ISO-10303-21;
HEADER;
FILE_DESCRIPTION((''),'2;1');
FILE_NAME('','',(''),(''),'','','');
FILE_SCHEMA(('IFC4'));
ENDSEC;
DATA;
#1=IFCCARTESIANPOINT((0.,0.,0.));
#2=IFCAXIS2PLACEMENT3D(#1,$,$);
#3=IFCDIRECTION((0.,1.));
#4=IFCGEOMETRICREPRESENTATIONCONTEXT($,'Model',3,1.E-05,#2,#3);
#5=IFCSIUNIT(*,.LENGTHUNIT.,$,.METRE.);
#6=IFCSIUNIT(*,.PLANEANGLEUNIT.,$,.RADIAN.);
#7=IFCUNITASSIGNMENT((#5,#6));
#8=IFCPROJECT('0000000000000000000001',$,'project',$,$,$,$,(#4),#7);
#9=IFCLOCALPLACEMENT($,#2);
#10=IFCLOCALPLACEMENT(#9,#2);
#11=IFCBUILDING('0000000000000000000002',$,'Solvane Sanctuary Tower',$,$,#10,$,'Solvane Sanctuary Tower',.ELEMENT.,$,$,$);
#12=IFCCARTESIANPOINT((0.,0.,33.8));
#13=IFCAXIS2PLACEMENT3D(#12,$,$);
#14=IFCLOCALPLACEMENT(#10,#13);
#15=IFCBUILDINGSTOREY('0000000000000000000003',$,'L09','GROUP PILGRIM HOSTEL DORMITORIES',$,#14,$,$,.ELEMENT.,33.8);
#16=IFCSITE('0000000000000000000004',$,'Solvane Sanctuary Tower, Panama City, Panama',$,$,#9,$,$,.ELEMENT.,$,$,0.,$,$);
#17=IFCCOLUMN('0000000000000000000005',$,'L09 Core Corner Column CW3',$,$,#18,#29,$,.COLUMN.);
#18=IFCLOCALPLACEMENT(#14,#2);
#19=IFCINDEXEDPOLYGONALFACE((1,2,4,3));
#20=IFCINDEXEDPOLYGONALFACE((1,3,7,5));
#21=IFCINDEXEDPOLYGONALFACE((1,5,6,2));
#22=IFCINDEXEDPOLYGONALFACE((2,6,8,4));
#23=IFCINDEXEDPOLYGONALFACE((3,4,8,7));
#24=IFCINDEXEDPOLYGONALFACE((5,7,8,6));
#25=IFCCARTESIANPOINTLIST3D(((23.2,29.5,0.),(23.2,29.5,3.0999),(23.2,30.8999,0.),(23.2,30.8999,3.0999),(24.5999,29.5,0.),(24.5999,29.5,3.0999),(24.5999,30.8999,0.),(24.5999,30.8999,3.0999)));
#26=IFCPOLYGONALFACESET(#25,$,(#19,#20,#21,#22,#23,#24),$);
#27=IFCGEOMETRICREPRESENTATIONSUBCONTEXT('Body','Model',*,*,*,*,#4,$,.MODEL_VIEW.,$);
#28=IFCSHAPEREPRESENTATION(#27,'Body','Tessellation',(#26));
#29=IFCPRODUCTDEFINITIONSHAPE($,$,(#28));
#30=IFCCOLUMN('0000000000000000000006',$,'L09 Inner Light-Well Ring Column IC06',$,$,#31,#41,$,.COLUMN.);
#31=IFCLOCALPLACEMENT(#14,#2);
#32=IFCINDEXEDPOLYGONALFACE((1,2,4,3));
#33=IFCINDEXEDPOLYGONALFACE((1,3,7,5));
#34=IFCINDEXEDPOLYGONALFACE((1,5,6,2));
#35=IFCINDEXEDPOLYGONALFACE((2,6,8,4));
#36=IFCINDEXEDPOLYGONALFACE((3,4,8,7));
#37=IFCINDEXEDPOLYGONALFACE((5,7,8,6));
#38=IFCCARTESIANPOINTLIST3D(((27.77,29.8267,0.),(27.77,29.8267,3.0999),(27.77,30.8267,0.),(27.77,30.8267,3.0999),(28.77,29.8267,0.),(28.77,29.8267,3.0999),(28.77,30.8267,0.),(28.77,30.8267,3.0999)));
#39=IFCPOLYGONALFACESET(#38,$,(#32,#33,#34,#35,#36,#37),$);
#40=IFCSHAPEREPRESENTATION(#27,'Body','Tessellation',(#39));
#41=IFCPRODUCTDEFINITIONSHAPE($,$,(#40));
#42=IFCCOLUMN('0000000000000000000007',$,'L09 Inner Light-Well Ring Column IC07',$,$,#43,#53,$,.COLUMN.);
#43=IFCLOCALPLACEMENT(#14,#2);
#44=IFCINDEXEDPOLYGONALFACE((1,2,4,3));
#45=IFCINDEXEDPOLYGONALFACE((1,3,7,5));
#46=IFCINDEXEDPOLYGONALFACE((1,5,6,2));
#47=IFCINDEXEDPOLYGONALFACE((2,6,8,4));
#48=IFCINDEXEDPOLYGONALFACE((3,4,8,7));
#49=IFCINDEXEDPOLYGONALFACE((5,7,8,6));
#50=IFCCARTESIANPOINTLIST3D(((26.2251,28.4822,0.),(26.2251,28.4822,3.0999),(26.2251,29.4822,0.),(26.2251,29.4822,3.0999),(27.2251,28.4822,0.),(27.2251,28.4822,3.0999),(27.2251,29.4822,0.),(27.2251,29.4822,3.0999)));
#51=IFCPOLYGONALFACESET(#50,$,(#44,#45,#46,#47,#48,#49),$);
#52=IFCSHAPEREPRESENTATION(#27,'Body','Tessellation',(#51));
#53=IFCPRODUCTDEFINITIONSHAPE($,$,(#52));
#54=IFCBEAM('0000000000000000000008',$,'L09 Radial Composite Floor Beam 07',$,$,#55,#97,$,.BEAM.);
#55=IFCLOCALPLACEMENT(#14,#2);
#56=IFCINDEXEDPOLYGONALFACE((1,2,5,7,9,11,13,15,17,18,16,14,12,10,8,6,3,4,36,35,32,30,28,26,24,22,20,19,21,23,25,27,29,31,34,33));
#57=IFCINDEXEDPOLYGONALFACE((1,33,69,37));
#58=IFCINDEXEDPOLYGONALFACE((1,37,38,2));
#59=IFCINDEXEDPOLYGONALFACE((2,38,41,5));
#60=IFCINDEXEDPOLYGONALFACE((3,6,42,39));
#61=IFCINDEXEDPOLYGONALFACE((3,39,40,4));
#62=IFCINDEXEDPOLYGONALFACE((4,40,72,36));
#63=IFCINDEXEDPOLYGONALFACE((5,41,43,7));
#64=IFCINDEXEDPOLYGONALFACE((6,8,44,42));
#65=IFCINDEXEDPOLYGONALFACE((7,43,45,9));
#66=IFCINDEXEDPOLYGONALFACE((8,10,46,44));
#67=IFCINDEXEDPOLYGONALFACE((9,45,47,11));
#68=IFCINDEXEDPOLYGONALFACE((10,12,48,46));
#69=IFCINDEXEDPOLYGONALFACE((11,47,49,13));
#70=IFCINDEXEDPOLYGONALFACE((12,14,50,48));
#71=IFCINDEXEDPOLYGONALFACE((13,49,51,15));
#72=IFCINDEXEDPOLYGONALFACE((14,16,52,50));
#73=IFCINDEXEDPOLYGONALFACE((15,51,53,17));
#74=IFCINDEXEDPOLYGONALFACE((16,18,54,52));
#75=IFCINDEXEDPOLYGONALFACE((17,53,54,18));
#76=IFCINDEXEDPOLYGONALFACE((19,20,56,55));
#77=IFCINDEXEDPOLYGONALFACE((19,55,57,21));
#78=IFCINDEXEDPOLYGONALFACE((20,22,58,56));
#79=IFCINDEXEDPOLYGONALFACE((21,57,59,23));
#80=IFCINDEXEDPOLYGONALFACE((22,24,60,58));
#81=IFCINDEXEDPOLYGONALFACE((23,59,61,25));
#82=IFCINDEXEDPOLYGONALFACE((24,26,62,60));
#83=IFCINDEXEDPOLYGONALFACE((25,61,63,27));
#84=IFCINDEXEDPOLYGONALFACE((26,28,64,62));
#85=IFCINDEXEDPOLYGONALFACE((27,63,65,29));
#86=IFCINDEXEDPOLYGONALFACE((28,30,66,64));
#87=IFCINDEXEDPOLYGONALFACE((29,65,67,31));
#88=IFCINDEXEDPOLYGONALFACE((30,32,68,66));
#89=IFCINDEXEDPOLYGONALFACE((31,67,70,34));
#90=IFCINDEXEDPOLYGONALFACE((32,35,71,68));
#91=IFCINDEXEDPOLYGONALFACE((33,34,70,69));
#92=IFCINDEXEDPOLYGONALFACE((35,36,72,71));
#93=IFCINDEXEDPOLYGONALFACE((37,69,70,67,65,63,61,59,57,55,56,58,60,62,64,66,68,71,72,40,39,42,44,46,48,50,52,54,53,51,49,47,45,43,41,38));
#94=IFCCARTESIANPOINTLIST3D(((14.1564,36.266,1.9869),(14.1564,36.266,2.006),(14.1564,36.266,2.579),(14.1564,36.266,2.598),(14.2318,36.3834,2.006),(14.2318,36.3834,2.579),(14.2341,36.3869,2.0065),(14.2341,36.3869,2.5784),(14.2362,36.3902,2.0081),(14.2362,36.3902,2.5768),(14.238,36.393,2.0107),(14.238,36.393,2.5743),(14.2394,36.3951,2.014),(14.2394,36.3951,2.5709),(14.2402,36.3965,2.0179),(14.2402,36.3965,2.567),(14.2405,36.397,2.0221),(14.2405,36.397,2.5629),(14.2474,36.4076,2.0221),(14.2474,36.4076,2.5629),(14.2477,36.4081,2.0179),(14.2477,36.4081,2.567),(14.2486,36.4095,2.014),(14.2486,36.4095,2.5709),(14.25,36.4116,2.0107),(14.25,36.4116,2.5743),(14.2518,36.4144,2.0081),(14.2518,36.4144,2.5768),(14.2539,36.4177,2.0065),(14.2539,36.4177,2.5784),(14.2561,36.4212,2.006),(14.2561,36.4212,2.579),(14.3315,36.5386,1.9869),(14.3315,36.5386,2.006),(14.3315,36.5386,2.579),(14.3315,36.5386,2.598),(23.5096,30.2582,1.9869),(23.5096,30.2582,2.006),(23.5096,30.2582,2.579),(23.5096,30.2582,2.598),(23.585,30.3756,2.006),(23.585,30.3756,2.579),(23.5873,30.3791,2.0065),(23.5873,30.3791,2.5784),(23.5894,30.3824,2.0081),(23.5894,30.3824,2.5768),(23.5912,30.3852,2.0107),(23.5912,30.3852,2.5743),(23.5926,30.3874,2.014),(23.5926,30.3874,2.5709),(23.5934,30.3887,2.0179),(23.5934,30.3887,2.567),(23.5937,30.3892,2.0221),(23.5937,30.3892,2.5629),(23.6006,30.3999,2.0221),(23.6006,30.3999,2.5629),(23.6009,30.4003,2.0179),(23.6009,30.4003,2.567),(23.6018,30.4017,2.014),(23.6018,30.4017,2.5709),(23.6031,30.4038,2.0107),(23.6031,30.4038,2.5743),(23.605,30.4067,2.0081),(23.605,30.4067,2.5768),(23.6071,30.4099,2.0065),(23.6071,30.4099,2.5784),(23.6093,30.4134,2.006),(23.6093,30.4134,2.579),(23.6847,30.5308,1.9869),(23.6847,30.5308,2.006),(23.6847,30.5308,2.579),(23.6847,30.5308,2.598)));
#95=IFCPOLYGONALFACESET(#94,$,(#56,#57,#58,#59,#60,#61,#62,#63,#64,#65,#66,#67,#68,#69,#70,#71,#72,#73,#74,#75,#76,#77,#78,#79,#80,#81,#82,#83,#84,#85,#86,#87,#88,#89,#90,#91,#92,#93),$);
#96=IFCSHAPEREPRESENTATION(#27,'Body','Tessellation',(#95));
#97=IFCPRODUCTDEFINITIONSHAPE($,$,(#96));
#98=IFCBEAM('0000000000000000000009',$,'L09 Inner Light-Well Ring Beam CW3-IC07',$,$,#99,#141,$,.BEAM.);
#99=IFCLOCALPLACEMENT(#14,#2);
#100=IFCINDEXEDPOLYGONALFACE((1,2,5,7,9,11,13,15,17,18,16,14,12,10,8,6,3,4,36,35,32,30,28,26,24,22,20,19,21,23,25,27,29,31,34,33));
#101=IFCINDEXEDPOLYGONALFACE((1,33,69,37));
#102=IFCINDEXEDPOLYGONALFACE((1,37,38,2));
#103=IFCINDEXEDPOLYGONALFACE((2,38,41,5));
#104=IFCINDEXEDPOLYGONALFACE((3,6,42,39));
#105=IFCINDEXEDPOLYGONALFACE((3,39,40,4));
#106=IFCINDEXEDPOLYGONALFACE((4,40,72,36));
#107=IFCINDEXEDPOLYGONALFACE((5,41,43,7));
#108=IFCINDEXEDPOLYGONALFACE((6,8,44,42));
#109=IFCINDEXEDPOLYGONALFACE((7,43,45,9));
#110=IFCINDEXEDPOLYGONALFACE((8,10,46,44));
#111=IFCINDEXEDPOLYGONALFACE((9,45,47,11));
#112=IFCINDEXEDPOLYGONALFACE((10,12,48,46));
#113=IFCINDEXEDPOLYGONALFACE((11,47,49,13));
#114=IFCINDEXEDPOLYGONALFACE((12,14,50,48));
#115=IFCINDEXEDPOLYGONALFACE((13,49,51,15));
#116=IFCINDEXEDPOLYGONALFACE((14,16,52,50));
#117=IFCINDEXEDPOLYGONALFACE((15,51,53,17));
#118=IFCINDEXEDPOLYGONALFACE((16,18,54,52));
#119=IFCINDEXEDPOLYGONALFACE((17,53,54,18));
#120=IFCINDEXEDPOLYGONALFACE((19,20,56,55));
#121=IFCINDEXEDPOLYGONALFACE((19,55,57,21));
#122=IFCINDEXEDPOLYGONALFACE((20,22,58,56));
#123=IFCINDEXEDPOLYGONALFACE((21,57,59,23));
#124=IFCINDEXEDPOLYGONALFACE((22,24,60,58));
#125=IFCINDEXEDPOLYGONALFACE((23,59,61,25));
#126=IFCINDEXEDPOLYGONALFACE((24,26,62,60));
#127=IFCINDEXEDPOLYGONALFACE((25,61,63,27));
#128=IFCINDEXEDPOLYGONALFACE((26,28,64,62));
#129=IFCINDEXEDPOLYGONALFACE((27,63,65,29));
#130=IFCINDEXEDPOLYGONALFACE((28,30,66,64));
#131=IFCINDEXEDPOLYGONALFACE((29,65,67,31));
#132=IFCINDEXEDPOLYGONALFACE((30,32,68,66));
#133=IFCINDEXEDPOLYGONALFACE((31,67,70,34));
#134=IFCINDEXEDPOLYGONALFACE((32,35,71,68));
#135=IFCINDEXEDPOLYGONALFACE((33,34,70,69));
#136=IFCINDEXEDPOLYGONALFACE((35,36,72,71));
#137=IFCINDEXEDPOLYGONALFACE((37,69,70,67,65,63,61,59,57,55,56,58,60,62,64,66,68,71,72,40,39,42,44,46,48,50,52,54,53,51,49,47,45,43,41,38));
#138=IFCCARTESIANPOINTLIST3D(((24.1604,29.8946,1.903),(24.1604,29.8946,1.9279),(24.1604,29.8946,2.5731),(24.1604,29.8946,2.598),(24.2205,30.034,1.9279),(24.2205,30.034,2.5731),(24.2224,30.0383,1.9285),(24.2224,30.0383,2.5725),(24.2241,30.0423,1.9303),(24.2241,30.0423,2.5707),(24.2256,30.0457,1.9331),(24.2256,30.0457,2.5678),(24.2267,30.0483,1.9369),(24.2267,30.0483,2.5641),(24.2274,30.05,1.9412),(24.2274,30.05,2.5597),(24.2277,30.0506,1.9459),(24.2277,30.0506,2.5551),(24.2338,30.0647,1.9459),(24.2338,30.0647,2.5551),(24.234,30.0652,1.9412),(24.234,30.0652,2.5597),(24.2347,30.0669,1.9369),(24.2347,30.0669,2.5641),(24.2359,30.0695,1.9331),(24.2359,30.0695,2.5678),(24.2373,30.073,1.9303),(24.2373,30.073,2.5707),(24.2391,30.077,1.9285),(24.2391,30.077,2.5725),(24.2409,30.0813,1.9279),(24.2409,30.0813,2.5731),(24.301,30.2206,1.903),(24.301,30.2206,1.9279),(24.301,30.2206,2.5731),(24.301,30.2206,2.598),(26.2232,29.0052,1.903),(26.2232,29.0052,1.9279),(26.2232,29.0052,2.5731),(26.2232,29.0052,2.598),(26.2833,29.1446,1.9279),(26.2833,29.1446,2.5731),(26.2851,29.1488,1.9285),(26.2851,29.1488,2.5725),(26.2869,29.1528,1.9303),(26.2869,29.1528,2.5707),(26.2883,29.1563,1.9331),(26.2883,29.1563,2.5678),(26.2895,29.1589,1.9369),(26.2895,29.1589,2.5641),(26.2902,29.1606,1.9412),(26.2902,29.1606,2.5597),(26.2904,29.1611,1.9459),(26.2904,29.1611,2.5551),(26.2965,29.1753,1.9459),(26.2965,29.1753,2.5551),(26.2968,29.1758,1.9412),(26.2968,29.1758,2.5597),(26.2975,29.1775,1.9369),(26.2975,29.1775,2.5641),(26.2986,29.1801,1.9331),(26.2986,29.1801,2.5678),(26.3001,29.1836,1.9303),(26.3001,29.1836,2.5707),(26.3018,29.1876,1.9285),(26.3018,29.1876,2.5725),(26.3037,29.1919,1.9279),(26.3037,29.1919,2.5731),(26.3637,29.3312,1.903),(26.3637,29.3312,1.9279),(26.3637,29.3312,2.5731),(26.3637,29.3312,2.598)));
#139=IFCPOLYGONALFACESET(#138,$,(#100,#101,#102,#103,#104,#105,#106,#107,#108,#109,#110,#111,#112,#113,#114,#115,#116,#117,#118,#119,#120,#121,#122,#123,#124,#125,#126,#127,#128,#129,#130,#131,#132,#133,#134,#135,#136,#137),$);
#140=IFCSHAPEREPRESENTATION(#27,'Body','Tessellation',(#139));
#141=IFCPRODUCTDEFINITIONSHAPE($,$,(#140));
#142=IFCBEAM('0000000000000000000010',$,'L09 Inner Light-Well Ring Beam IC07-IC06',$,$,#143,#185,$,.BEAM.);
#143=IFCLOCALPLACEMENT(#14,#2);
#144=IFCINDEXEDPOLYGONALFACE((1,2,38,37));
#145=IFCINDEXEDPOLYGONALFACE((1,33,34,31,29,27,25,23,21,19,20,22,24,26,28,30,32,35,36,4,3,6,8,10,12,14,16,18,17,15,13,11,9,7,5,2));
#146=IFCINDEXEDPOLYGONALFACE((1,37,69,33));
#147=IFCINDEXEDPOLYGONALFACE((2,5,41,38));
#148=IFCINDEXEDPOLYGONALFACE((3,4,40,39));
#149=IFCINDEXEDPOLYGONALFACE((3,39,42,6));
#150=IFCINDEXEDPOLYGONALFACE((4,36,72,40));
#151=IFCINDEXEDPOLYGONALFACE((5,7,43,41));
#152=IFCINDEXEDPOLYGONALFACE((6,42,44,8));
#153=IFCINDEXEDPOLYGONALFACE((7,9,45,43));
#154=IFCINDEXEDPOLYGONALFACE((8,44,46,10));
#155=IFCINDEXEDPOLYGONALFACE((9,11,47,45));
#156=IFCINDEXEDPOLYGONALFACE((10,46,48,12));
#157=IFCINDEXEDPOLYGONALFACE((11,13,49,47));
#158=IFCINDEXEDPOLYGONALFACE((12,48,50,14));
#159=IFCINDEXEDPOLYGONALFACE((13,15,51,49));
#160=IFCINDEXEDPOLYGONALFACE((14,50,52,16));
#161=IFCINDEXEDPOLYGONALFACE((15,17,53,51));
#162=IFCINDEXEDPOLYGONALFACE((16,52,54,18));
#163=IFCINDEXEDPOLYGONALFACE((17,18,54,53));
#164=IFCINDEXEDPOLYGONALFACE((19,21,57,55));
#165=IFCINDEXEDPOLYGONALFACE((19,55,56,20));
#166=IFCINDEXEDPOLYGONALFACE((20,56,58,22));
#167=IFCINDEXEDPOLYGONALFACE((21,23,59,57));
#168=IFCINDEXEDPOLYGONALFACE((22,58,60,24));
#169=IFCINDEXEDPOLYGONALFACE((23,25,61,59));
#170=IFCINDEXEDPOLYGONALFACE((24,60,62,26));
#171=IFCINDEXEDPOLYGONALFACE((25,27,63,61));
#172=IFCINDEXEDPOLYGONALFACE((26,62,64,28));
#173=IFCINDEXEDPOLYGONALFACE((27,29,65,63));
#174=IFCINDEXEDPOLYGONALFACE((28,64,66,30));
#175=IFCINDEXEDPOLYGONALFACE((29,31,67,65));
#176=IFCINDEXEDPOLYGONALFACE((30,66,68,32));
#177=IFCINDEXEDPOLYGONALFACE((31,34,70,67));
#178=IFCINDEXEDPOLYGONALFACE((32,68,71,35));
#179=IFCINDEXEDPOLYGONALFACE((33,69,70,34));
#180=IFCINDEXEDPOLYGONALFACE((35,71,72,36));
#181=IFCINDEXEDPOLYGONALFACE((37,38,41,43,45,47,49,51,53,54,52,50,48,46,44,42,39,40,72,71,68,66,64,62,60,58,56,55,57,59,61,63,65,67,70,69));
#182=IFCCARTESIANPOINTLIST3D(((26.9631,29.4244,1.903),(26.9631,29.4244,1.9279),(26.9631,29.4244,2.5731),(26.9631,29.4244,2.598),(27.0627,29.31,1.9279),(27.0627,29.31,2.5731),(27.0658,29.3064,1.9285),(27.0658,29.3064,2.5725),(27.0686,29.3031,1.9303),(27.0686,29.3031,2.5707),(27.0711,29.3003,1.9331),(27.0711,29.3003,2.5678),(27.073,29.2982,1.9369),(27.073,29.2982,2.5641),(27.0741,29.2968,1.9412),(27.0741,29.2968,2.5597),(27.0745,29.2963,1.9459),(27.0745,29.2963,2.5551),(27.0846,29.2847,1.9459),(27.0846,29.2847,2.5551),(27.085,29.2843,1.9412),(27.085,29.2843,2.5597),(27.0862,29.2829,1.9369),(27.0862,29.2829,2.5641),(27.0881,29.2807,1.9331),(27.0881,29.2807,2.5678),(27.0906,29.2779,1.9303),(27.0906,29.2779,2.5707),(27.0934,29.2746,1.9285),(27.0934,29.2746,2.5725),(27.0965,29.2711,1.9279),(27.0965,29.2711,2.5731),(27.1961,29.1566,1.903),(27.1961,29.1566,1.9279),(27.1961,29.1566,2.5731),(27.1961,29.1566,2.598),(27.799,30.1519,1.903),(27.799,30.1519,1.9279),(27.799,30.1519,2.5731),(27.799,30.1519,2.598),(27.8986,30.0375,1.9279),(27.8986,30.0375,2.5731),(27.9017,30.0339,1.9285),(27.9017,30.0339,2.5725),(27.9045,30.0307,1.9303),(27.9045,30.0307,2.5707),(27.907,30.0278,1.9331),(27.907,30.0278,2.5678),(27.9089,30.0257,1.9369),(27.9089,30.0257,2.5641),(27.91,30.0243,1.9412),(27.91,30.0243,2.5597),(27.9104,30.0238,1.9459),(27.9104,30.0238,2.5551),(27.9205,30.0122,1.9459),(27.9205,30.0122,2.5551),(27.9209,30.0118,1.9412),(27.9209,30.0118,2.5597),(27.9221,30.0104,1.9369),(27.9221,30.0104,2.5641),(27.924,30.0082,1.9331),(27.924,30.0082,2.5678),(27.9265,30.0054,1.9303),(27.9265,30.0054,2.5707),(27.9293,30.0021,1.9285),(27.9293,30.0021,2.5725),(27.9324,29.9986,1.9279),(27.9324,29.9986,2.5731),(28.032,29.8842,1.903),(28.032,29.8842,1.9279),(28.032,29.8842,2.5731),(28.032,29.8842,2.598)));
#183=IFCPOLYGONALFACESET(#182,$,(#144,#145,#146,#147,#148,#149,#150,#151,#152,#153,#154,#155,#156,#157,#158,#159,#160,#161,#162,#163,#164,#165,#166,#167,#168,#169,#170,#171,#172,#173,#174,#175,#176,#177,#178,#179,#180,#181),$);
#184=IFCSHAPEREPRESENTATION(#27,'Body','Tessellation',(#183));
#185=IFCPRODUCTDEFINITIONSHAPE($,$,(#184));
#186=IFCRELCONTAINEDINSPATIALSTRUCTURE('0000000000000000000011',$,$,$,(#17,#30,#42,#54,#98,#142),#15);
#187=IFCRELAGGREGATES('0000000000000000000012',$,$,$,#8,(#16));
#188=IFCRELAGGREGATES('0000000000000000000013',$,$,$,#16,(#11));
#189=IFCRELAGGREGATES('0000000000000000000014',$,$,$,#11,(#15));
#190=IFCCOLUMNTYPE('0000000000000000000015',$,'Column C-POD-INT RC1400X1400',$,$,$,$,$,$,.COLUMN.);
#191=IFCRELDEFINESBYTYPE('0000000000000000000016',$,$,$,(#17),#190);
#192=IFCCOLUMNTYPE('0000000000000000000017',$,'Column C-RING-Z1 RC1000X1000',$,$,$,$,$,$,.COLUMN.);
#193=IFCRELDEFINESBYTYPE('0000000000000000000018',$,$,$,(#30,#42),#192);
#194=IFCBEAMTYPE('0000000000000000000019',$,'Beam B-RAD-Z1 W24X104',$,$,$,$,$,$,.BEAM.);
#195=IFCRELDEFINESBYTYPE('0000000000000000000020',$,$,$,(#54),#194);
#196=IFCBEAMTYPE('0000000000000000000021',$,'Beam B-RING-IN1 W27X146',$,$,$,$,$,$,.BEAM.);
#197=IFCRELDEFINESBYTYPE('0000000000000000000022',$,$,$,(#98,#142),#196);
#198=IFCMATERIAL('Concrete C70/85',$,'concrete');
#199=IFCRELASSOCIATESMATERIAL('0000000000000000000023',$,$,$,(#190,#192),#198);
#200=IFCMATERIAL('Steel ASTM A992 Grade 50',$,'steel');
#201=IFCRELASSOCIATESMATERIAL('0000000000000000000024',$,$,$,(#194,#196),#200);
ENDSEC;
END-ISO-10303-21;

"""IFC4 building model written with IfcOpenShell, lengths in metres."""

from ifc_helpers import new_model, si_unit, direction, frame, origin, origin_2d, place, context, subcontext, project, spatial, rectangle, i_section, extrude, material, material_profile, profile_set, type_object, element, save


model = new_model("IFC4")

# Units and contexts
model_context = context("Model", 3, precision=1e-05, world=origin(), true_north=direction((0.0, 1.0)))
body_context = subcontext(model_context, "Body", "Model", "MODEL_VIEW")
ifc_project = project(units=[si_unit("LENGTHUNIT", "METRE"), si_unit("PLANEANGLEUNIT", "RADIAN")], contexts=[model_context])

# Site, building, storey
site_placement = place(None, origin())
site = spatial("IfcSite", under=ifc_project, at=site_placement, Name="Solvane Sanctuary Tower, Panama City, Panama", CompositionType="ELEMENT", RefElevation=0.0)
building_placement = place(site_placement, origin())
building = spatial("IfcBuilding", under=site, at=building_placement, Name="Solvane Sanctuary Tower", LongName="Solvane Sanctuary Tower", CompositionType="ELEMENT")
storey_placement = place(building_placement, frame((0.0, 0.0, 33.8)))
storey = spatial("IfcBuildingStorey", under=building, at=storey_placement, Name="L09", Description="GROUP PILGRIM HOSTEL DORMITORIES", CompositionType="ELEMENT", Elevation=33.8)

# Columns
ifc_material_1 = material(Name="Concrete C70/85", Category="concrete")
ifc_material_profile_1 = material_profile(ifc_material_1, rectangle(XDim=1.3999, YDim=1.3999, at=origin_2d()), Name="RC1400X1400")
ifc_profile_set_1 = profile_set([ifc_material_profile_1], Name="Concrete C70/85")
column_type_1 = type_object("IfcColumnType", Name="Column C-POD-INT RC1400X1400", PredefinedType="COLUMN", material=ifc_profile_set_1)
column_placement = place(storey_placement, frame((23.8999, 30.2, 0.0), z_axis=(0.0, 0.0, 1.0), x_axis=(1.0, 0.0, 0.0)))
element("IfcColumn", 1, at=column_placement, inside=storey, type_object=column_type_1, Name="L09 Core Corner Column CW3", PredefinedType="COLUMN", context=body_context, shape_type="SweptSolid", body=[
    extrude(rectangle(XDim=1.3999, YDim=1.3999, at=origin_2d()), origin(), (0.0, 0.0, 1.0), 3.0999),
])
ifc_material_profile_2 = material_profile(ifc_material_1, rectangle(XDim=1.0, YDim=1.0, at=origin_2d()), Name="RC1000X1000")
ifc_profile_set_2 = profile_set([ifc_material_profile_2], Name="Concrete C70/85")
column_type_2 = type_object("IfcColumnType", Name="Column C-RING-Z1 RC1000X1000", PredefinedType="COLUMN", material=ifc_profile_set_2)
for number, where, z_axis, x_axis, name in (
    (2, (28.27, 30.3267, 0.0), (0.0, 0.0, 1.0), (1.0, 0.0, 0.0), "L09 Inner Light-Well Ring Column IC06"),
    (3, (26.7251, 28.9822, 0.0), (0.0, 0.0, 1.0), (1.0, 0.0, 0.0), "L09 Inner Light-Well Ring Column IC07"),
):
    element("IfcColumn", number, at=place(storey_placement, frame(where, z_axis=z_axis, x_axis=x_axis)), inside=storey, type_object=column_type_2, Name=name, PredefinedType="COLUMN", context=body_context, shape_type="SweptSolid", body=[
        extrude(rectangle(XDim=1.0, YDim=1.0, at=origin_2d()), origin(), (0.0, 0.0, 1.0), 3.0999),
    ])

# Beams
ifc_material_2 = material(Name="Steel ASTM A992 Grade 50", Category="steel")
ifc_material_profile_3 = material_profile(ifc_material_2, i_section(OverallWidth=0.324, OverallDepth=0.6111, WebThickness=0.0127, FlangeThickness=0.019, FilletRadius=0.0161, at=origin_2d()), Name="W24X104")
ifc_profile_set_3 = profile_set([ifc_material_profile_3], Name="Steel ASTM A992 Grade 50")
beam_type_1 = type_object("IfcBeamType", Name="Beam B-RAD-Z1 W24X104", PredefinedType="BEAM", material=ifc_profile_set_3)
beam_1_placement = place(storey_placement, frame((23.5972, 30.3945, 2.2925), z_axis=(-0.841383, 0.540439, 0.0), x_axis=(-0.540439, -0.841383, 0.0)))
element("IfcBeam", 4, at=beam_1_placement, inside=storey, type_object=beam_type_1, Name="L09 Radial Composite Floor Beam 07", PredefinedType="BEAM", context=body_context, shape_type="SweptSolid", body=[
    extrude(i_section(OverallWidth=0.324, OverallDepth=0.6111, WebThickness=0.0127, FlangeThickness=0.019, FilletRadius=0.0161, at=origin_2d()), origin(), (0.0, 0.0, 1.0), 11.1165),
])
ifc_material_profile_4 = material_profile(ifc_material_2, i_section(OverallWidth=0.355, OverallDepth=0.6951, WebThickness=0.0154, FlangeThickness=0.0249, FilletRadius=0.0181, at=origin_2d()), Name="W27X146")
ifc_profile_set_4 = profile_set([ifc_material_profile_4], Name="Steel ASTM A992 Grade 50")
beam_type_2 = type_object("IfcBeamType", Name="Beam B-RING-IN1 W27X146", PredefinedType="BEAM", material=ifc_profile_set_4)
beam_2_placement = place(storey_placement, frame((24.2307, 30.0576, 2.2505), z_axis=(0.918277, -0.395938, 0.0), x_axis=(0.395938, 0.918277, 0.0)))
element("IfcBeam", 5, at=beam_2_placement, inside=storey, type_object=beam_type_2, Name="L09 Inner Light-Well Ring Beam CW3-IC07", PredefinedType="BEAM", context=body_context, shape_type="SweptSolid", body=[
    extrude(i_section(OverallWidth=0.355, OverallDepth=0.6951, WebThickness=0.0154, FlangeThickness=0.0249, FilletRadius=0.0181, at=origin_2d()), origin(), (0.0, 0.0, 1.0), 2.2463),
])
beam_3_placement = place(storey_placement, frame((27.0796, 29.2905, 2.2505), z_axis=(0.754321, 0.656506, 0.0), x_axis=(-0.656506, 0.754321, 0.0)))
element("IfcBeam", 6, at=beam_3_placement, inside=storey, type_object=beam_type_2, Name="L09 Inner Light-Well Ring Beam IC07-IC06", PredefinedType="BEAM", context=body_context, shape_type="SweptSolid", body=[
    extrude(i_section(OverallWidth=0.355, OverallDepth=0.6951, WebThickness=0.0154, FlangeThickness=0.0249, FilletRadius=0.0181, at=origin_2d()), origin(), (0.0, 0.0, 1.0), 1.1082),
])

save(model, "model.ifc")
